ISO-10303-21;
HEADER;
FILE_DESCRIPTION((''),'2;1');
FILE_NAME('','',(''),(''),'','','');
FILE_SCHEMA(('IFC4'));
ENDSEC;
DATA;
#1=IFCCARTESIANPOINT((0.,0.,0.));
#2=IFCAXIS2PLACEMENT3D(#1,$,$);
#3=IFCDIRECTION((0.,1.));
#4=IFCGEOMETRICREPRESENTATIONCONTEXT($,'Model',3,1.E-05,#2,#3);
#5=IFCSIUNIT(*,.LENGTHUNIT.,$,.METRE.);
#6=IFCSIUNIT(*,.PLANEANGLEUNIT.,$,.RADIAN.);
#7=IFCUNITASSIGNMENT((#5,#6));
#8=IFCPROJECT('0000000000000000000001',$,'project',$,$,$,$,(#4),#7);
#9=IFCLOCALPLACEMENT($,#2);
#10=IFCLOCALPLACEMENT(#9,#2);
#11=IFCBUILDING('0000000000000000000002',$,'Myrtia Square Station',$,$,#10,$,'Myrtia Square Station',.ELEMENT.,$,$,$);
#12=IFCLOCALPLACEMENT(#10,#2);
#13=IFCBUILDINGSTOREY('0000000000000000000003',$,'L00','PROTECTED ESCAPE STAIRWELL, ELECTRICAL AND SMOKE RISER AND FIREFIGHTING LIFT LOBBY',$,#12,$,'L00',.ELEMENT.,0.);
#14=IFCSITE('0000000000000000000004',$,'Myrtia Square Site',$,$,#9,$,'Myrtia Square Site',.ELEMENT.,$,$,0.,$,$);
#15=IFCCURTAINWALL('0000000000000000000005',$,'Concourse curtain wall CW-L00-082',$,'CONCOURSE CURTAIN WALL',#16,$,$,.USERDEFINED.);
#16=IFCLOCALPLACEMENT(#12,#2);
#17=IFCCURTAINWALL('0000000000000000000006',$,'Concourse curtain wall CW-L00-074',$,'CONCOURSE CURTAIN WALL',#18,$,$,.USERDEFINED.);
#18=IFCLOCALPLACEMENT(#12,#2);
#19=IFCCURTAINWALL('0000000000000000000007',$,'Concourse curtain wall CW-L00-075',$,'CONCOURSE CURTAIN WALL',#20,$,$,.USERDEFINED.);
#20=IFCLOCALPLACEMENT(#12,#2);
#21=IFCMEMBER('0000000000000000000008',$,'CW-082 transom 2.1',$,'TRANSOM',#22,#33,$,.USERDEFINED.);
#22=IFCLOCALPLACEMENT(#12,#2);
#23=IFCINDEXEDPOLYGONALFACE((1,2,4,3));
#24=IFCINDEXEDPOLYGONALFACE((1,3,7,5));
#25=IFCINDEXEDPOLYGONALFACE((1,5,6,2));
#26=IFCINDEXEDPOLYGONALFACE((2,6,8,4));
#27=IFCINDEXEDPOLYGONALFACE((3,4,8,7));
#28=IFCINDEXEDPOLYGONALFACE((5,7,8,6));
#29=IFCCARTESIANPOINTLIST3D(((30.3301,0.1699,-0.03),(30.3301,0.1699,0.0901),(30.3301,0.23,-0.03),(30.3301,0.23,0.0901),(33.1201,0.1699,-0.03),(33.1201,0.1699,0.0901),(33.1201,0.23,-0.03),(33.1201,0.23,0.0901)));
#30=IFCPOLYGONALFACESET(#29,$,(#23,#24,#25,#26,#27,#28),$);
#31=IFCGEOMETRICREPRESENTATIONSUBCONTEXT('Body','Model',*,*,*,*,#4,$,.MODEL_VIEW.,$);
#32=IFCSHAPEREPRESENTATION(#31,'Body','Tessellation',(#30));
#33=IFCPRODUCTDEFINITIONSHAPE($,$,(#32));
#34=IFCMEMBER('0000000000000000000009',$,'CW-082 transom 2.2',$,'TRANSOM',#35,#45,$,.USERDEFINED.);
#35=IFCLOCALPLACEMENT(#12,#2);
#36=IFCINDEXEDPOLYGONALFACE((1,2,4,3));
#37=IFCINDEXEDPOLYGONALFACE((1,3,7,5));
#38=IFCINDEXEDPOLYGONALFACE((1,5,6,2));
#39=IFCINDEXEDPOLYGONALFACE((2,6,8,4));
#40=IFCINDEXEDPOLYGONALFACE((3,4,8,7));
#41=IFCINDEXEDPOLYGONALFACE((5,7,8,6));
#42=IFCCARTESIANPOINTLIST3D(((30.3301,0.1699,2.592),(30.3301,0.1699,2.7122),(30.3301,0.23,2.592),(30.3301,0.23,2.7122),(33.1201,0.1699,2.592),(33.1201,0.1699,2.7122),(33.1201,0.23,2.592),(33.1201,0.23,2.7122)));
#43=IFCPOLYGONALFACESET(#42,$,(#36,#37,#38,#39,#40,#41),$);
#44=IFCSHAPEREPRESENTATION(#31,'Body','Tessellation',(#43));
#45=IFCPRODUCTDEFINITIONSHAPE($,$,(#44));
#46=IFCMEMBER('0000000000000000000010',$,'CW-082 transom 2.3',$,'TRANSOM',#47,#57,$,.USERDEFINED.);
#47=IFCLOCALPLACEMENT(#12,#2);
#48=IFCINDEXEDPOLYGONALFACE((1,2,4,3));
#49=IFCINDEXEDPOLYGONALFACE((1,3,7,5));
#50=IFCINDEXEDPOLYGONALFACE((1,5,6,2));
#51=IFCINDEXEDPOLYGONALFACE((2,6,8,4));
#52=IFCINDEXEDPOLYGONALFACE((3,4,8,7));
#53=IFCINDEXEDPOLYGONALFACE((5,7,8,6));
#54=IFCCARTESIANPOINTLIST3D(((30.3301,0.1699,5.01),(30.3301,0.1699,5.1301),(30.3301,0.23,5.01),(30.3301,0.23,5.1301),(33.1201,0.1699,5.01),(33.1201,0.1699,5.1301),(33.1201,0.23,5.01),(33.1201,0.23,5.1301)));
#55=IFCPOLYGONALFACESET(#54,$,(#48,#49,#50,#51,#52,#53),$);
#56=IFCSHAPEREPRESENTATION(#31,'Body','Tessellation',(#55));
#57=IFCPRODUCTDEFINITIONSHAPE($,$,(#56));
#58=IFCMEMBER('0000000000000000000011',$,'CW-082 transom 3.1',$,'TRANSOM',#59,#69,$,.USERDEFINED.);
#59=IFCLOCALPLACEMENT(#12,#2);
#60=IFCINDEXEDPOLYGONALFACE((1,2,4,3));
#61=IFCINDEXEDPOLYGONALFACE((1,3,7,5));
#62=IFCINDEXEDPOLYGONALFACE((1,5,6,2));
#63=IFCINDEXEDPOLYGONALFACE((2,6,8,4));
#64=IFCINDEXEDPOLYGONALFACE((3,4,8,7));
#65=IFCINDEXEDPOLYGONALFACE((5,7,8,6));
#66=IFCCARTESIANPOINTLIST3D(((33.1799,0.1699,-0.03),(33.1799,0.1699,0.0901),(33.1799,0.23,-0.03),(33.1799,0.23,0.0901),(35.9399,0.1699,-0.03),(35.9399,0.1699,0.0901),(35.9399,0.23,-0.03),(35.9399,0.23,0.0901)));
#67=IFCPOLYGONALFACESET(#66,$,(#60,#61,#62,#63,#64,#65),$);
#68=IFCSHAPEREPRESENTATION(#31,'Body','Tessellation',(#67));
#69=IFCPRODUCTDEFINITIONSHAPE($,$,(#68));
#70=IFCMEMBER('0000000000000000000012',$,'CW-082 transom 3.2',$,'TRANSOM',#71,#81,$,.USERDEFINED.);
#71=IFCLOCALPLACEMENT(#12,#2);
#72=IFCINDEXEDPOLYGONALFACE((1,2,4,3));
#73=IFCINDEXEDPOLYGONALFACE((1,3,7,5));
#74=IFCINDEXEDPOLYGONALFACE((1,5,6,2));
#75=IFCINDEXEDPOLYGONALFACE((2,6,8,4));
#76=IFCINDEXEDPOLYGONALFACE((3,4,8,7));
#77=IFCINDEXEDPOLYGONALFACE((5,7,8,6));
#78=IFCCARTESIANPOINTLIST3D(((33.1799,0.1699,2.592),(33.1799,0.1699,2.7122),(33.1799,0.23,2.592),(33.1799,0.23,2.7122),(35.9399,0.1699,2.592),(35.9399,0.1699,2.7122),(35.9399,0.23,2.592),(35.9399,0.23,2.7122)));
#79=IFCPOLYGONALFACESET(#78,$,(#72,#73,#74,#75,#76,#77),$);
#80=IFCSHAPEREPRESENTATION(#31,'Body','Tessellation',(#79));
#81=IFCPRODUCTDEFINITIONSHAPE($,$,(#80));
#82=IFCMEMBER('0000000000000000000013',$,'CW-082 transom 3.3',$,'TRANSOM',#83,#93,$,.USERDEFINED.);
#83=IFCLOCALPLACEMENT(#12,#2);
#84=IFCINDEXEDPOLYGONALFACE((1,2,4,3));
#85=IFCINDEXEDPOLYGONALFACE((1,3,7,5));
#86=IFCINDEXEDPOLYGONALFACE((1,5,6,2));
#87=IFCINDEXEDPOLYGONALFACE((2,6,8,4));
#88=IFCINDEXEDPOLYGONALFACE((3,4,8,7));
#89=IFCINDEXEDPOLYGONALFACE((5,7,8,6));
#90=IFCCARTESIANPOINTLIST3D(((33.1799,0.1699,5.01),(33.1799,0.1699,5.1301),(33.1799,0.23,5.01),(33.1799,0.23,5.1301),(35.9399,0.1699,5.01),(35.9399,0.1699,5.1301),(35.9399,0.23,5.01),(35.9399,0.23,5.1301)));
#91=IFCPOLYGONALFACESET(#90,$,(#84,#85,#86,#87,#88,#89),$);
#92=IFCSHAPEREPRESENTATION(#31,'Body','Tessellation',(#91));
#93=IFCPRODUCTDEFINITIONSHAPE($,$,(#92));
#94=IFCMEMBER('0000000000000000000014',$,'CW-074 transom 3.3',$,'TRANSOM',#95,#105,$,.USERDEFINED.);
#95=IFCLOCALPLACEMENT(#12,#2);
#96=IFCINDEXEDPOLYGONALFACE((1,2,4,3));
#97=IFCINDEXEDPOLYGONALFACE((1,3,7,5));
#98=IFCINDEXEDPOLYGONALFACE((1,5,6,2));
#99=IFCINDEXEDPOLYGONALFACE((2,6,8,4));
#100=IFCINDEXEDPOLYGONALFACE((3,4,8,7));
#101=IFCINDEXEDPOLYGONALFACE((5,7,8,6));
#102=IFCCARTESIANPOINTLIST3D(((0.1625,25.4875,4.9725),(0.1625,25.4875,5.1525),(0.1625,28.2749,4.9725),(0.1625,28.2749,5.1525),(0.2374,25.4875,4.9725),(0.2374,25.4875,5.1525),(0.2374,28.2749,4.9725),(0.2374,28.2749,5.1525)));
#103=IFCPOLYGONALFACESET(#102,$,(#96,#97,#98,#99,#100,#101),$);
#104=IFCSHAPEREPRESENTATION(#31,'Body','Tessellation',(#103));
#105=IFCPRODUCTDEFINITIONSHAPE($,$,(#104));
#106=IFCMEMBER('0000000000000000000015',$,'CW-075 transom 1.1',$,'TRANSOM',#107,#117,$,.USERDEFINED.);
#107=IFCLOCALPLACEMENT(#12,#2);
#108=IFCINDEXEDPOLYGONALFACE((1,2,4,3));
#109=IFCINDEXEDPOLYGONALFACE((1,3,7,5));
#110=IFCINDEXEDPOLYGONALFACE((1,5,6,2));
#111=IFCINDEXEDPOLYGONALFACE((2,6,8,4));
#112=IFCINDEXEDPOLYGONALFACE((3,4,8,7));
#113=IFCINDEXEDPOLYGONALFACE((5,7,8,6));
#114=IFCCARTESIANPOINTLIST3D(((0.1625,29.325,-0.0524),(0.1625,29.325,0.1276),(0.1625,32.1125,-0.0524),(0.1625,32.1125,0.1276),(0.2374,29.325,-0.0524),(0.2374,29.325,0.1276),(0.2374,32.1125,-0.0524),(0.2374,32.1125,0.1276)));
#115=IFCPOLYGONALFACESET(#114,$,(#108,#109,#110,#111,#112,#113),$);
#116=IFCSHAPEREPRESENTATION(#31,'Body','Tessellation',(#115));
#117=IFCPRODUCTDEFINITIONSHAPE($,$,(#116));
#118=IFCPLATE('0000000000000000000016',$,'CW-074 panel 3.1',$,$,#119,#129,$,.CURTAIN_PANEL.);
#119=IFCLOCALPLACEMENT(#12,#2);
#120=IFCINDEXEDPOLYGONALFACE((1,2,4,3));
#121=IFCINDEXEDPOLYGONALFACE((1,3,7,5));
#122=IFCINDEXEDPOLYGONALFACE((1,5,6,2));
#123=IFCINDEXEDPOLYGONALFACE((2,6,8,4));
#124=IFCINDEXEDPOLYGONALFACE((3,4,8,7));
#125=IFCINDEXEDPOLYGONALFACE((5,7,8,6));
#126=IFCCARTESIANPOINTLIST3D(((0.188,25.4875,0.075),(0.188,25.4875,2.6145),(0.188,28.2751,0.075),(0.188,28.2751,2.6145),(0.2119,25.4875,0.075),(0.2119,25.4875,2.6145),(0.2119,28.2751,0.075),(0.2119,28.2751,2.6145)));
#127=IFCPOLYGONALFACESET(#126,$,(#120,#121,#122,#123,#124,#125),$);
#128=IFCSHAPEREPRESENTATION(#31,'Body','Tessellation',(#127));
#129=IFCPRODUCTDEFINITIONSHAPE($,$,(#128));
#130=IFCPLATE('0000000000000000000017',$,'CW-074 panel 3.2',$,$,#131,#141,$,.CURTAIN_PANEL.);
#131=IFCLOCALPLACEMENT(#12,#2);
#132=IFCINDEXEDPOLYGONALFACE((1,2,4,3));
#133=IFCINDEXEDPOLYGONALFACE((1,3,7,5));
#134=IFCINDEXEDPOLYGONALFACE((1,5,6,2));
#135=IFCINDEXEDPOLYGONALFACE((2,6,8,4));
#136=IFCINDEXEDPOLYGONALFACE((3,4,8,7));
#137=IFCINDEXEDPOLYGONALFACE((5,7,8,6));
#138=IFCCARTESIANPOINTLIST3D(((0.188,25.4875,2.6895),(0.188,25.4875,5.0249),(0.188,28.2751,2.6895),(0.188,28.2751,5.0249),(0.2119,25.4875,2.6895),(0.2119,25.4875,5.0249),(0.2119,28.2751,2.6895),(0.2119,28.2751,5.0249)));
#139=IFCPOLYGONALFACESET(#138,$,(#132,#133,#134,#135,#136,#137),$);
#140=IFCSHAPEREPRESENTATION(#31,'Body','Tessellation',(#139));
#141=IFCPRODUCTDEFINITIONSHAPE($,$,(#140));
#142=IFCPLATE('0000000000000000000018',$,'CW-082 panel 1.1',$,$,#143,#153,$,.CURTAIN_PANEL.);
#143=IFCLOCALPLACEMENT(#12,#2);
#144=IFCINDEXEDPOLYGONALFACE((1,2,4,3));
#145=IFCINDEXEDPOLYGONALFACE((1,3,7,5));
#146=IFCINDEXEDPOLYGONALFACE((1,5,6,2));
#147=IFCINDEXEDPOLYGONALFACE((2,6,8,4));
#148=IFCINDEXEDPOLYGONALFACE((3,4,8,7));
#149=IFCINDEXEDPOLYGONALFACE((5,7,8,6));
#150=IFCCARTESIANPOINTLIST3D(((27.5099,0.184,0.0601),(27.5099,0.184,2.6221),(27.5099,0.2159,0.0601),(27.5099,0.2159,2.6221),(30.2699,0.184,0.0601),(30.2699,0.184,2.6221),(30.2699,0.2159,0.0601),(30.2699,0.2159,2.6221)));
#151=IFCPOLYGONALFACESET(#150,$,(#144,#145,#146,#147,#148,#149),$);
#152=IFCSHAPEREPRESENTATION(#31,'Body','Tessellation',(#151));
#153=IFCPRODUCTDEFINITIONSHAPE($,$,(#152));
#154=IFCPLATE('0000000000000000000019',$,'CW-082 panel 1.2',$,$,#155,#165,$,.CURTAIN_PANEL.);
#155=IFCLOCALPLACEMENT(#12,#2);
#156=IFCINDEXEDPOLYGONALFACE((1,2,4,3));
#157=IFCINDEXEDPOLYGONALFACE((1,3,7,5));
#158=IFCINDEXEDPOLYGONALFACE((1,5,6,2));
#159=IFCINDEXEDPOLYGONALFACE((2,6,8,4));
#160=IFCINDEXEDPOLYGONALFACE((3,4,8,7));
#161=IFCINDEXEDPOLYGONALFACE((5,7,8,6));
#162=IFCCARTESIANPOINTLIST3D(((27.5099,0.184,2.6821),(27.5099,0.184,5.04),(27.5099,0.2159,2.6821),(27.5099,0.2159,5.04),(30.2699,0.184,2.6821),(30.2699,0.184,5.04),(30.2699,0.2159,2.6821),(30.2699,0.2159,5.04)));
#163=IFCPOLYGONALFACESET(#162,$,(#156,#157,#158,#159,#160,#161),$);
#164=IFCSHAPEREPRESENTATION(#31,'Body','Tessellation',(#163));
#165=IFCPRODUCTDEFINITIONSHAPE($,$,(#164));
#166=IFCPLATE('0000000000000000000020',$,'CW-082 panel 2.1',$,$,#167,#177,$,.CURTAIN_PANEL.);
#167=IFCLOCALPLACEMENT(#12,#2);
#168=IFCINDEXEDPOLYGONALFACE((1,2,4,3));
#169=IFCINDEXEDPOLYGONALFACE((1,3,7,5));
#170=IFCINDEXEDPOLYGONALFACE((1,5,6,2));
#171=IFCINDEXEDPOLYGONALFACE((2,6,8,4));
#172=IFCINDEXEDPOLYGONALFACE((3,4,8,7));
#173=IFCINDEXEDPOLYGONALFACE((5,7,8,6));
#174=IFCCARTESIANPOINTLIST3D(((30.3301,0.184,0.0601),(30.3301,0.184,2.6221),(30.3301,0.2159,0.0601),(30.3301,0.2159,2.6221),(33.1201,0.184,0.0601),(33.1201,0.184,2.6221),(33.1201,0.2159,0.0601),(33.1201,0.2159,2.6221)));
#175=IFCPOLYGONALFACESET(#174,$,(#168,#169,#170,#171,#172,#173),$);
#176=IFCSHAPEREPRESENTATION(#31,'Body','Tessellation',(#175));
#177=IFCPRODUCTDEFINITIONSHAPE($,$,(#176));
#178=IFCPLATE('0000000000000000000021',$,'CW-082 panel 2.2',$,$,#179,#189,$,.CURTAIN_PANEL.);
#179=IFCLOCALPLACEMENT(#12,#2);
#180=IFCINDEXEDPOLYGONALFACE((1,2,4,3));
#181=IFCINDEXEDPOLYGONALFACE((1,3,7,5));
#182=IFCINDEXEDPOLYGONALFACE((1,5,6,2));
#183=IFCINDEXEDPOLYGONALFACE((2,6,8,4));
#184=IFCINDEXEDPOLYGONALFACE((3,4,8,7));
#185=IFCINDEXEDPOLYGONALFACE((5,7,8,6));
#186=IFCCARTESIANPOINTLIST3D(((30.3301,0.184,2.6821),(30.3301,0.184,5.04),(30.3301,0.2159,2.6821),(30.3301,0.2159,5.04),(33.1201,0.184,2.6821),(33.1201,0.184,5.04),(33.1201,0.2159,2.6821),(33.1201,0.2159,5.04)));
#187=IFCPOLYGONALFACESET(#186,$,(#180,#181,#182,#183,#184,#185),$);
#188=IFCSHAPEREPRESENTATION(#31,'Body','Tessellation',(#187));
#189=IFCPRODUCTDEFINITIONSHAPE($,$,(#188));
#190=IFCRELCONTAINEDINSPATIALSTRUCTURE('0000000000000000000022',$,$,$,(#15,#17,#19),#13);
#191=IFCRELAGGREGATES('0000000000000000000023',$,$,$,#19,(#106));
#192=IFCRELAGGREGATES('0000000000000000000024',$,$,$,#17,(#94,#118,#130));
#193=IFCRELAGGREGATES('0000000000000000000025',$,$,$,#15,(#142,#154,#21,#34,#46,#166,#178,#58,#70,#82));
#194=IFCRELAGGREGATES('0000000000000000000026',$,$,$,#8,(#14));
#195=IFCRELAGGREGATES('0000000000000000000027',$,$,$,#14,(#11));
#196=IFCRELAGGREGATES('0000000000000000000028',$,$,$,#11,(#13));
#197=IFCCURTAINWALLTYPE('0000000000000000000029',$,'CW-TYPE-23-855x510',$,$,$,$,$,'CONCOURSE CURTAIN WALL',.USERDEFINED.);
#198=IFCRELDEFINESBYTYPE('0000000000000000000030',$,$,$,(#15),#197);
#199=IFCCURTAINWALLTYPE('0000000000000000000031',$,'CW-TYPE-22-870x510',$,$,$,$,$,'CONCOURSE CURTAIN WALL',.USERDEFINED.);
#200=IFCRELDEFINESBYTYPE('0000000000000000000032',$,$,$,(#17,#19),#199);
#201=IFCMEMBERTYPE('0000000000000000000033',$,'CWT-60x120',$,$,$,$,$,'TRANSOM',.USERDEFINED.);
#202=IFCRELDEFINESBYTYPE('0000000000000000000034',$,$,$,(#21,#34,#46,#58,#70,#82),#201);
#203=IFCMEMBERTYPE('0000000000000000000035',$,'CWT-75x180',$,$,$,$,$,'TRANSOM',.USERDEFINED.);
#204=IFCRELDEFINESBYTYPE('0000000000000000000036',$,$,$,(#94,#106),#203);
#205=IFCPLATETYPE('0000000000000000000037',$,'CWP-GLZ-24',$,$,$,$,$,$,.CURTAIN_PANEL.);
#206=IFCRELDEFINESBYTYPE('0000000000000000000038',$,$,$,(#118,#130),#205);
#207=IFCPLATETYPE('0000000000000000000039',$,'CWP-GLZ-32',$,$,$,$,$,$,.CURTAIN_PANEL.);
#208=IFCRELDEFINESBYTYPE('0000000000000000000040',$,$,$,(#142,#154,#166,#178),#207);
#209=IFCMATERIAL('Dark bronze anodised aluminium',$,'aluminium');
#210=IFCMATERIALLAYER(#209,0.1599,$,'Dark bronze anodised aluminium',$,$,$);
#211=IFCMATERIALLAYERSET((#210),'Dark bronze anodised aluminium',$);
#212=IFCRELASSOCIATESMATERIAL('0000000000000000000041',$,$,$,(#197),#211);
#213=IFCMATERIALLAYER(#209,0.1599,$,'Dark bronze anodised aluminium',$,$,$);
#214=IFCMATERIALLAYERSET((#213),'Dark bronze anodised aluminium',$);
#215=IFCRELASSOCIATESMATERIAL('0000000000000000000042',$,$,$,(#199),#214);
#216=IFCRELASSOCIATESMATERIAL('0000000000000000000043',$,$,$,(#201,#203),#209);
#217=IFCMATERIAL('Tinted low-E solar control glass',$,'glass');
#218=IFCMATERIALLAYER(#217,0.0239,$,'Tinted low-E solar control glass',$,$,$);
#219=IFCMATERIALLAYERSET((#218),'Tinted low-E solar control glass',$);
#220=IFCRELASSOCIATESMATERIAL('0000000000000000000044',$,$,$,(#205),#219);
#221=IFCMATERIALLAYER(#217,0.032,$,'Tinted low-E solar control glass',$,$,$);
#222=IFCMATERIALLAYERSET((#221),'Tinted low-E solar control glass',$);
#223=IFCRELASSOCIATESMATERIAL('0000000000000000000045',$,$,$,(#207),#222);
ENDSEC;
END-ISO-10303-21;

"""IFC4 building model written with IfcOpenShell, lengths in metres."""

from ifc_helpers import new_model, si_unit, direction, frame, origin, origin_2d, place, context, subcontext, project, spatial, rectangle, extrude, material, layer, layer_set, material_profile, profile_set, type_object, element, aggregate, save


model = new_model("IFC4")

# Units and contexts
model_context = context("Model", 3, precision=1e-05, world=origin(), true_north=direction((0.0, 1.0)))
body_context = subcontext(model_context, "Body", "Model", "MODEL_VIEW")
ifc_project = project(units=[si_unit("LENGTHUNIT", "METRE"), si_unit("PLANEANGLEUNIT", "RADIAN")], contexts=[model_context])

# Site, building, storey
site_placement = place(None, origin())
site = spatial("IfcSite", under=ifc_project, at=site_placement, Name="Myrtia Square Site", LongName="Myrtia Square Site", CompositionType="ELEMENT", RefElevation=0.0)
building_placement = place(site_placement, origin())
building = spatial("IfcBuilding", under=site, at=building_placement, Name="Myrtia Square Station", LongName="Myrtia Square Station", CompositionType="ELEMENT")
storey_placement = place(building_placement, origin())
storey = spatial("IfcBuildingStorey", under=building, at=storey_placement, Name="L00", Description="PROTECTED ESCAPE STAIRWELL, ELECTRICAL AND SMOKE RISER AND FIREFIGHTING LIFT LOBBY", LongName="L00", CompositionType="ELEMENT", Elevation=0.0)

# Curtain wall
ifc_material_1 = material(Name="Dark bronze anodised aluminium", Category="aluminium")
ifc_layer_1 = layer(ifc_material_1, 0.1599, Name="Dark bronze anodised aluminium")
ifc_layer_set_1 = layer_set([ifc_layer_1], Name="Dark bronze anodised aluminium")
curtain_wall_type_1 = type_object("IfcCurtainWallType", Name="CW-TYPE-23-855x510", ElementType="CONCOURSE CURTAIN WALL", PredefinedType="USERDEFINED", material=ifc_layer_set_1)
curtain_wall_1_placement = place(storey_placement, origin())
curtain_wall_1 = element("IfcCurtainWall", 1, at=curtain_wall_1_placement, inside=storey, type_object=curtain_wall_type_1, Name="Concourse curtain wall CW-L00-082", ObjectType="CONCOURSE CURTAIN WALL", PredefinedType="USERDEFINED")

# Curtain walls
ifc_layer_2 = layer(ifc_material_1, 0.1599, Name="Dark bronze anodised aluminium")
ifc_layer_set_2 = layer_set([ifc_layer_2], Name="Dark bronze anodised aluminium")
curtain_wall_type_2 = type_object("IfcCurtainWallType", Name="CW-TYPE-22-870x510", ElementType="CONCOURSE CURTAIN WALL", PredefinedType="USERDEFINED", material=ifc_layer_set_2)
curtain_wall_2_placement = place(storey_placement, origin())
curtain_wall_2 = element("IfcCurtainWall", 2, at=curtain_wall_2_placement, inside=storey, type_object=curtain_wall_type_2, Name="Concourse curtain wall CW-L00-074", ObjectType="CONCOURSE CURTAIN WALL", PredefinedType="USERDEFINED")
curtain_wall_3_placement = place(storey_placement, origin())
curtain_wall_3 = element("IfcCurtainWall", 3, at=curtain_wall_3_placement, inside=storey, type_object=curtain_wall_type_2, Name="Concourse curtain wall CW-L00-075", ObjectType="CONCOURSE CURTAIN WALL", PredefinedType="USERDEFINED")

# Members
ifc_material_profile_1 = material_profile(ifc_material_1, rectangle(XDim=0.0601, YDim=0.1201, at=origin_2d()), Name="ALU-T 60x120")
ifc_profile_set_1 = profile_set([ifc_material_profile_1], Name="Dark bronze anodised aluminium")
member_type_1 = type_object("IfcMemberType", Name="CWT-60x120", ElementType="TRANSOM", PredefinedType="USERDEFINED", material=ifc_profile_set_1)
member_1_placement = place(storey_placement, frame((30.3301, 0.2, 0.03), z_axis=(1.0, 0.0, 0.0), x_axis=(0.0, 1.0, 0.0)))
member_1 = element("IfcMember", 4, at=member_1_placement, type_object=member_type_1, Name="CW-082 transom 2.1", ObjectType="TRANSOM", PredefinedType="USERDEFINED", context=body_context, shape_type="SweptSolid", body=[
    extrude(rectangle(XDim=0.0601, YDim=0.1201, at=origin_2d()), origin(), (0.0, 0.0, 1.0), 2.79),
])
member_2_placement = place(storey_placement, frame((30.3301, 0.2, 2.6521), z_axis=(1.0, 0.0, 0.0), x_axis=(0.0, 1.0, 0.0)))
member_2 = element("IfcMember", 5, at=member_2_placement, type_object=member_type_1, Name="CW-082 transom 2.2", ObjectType="TRANSOM", PredefinedType="USERDEFINED", context=body_context, shape_type="SweptSolid", body=[
    extrude(rectangle(XDim=0.0601, YDim=0.1201, at=origin_2d()), origin(), (0.0, 0.0, 1.0), 2.79),
])
member_3_placement = place(storey_placement, frame((30.3301, 0.2, 5.0701), z_axis=(1.0, 0.0, 0.0), x_axis=(0.0, 1.0, 0.0)))
member_3 = element("IfcMember", 6, at=member_3_placement, type_object=member_type_1, Name="CW-082 transom 2.3", ObjectType="TRANSOM", PredefinedType="USERDEFINED", context=body_context, shape_type="SweptSolid", body=[
    extrude(rectangle(XDim=0.0601, YDim=0.1201, at=origin_2d()), origin(), (0.0, 0.0, 1.0), 2.79),
])
member_4_placement = place(storey_placement, frame((33.1799, 0.2, 0.03), z_axis=(1.0, 0.0, 0.0), x_axis=(0.0, 1.0, 0.0)))
member_4 = element("IfcMember", 7, at=member_4_placement, type_object=member_type_1, Name="CW-082 transom 3.1", ObjectType="TRANSOM", PredefinedType="USERDEFINED", context=body_context, shape_type="SweptSolid", body=[
    extrude(rectangle(XDim=0.0601, YDim=0.1201, at=origin_2d()), origin(), (0.0, 0.0, 1.0), 2.76),
])
member_5_placement = place(storey_placement, frame((33.1799, 0.2, 2.6521), z_axis=(1.0, 0.0, 0.0), x_axis=(0.0, 1.0, 0.0)))
member_5 = element("IfcMember", 8, at=member_5_placement, type_object=member_type_1, Name="CW-082 transom 3.2", ObjectType="TRANSOM", PredefinedType="USERDEFINED", context=body_context, shape_type="SweptSolid", body=[
    extrude(rectangle(XDim=0.0601, YDim=0.1201, at=origin_2d()), origin(), (0.0, 0.0, 1.0), 2.76),
])
member_6_placement = place(storey_placement, frame((33.1799, 0.2, 5.0701), z_axis=(1.0, 0.0, 0.0), x_axis=(0.0, 1.0, 0.0)))
member_6 = element("IfcMember", 9, at=member_6_placement, type_object=member_type_1, Name="CW-082 transom 3.3", ObjectType="TRANSOM", PredefinedType="USERDEFINED", context=body_context, shape_type="SweptSolid", body=[
    extrude(rectangle(XDim=0.0601, YDim=0.1201, at=origin_2d()), origin(), (0.0, 0.0, 1.0), 2.76),
])
ifc_material_profile_2 = material_profile(ifc_material_1, rectangle(XDim=0.075, YDim=0.1799, at=origin_2d()), Name="ALU-T 75x180")
ifc_profile_set_2 = profile_set([ifc_material_profile_2], Name="Dark bronze anodised aluminium")
member_type_2 = type_object("IfcMemberType", Name="CWT-75x180", ElementType="TRANSOM", PredefinedType="USERDEFINED", material=ifc_profile_set_2)
member_7_placement = place(storey_placement, frame((0.2, 25.4875, 5.0625), z_axis=(0.0, 1.0, 0.0), x_axis=(-1.0, 0.0, 0.0)))
member_7 = element("IfcMember", 10, at=member_7_placement, type_object=member_type_2, Name="CW-074 transom 3.3", ObjectType="TRANSOM", PredefinedType="USERDEFINED", context=body_context, shape_type="SweptSolid", body=[
    extrude(rectangle(XDim=0.075, YDim=0.1799, at=origin_2d()), origin(), (0.0, 0.0, 1.0), 2.7874),
])
member_8_placement = place(storey_placement, frame((0.2, 29.325, 0.0376), z_axis=(0.0, 1.0, 0.0), x_axis=(-1.0, 0.0, 0.0)))
member_8 = element("IfcMember", 11, at=member_8_placement, type_object=member_type_2, Name="CW-075 transom 1.1", ObjectType="TRANSOM", PredefinedType="USERDEFINED", context=body_context, shape_type="SweptSolid", body=[
    extrude(rectangle(XDim=0.075, YDim=0.1799, at=origin_2d()), origin(), (0.0, 0.0, 1.0), 2.7876),
])
aggregate(curtain_wall_3, [member_8])

# Plates
ifc_material_2 = material(Name="Tinted low-E solar control glass", Category="glass")
ifc_layer_3 = layer(ifc_material_2, 0.0239, Name="Tinted low-E solar control glass")
ifc_layer_set_3 = layer_set([ifc_layer_3], Name="Tinted low-E solar control glass")
plate_type_1 = type_object("IfcPlateType", Name="CWP-GLZ-24", PredefinedType="CURTAIN_PANEL", material=ifc_layer_set_3)
plate_1_placement = place(storey_placement, frame((0.2, 26.8813, 0.075), z_axis=(0.0, 0.0, 1.0), x_axis=(0.0, 1.0, 0.0)))
plate_1 = element("IfcPlate", 12, at=plate_1_placement, type_object=plate_type_1, Name="CW-074 panel 3.1", PredefinedType="CURTAIN_PANEL", context=body_context, shape_type="SweptSolid", body=[
    extrude(rectangle(XDim=2.7876, YDim=0.0239, at=origin_2d()), origin(), (0.0, 0.0, 1.0), 2.5396),
])
plate_2_placement = place(storey_placement, frame((0.2, 26.8813, 2.6895), z_axis=(0.0, 0.0, 1.0), x_axis=(0.0, 1.0, 0.0)))
plate_2 = element("IfcPlate", 13, at=plate_2_placement, type_object=plate_type_1, Name="CW-074 panel 3.2", PredefinedType="CURTAIN_PANEL", context=body_context, shape_type="SweptSolid", body=[
    extrude(rectangle(XDim=2.7876, YDim=0.0239, at=origin_2d()), origin(), (0.0, 0.0, 1.0), 2.3354),
])
aggregate(curtain_wall_2, [member_7, plate_1, plate_2])
ifc_layer_4 = layer(ifc_material_2, 0.032, Name="Tinted low-E solar control glass")
ifc_layer_set_4 = layer_set([ifc_layer_4], Name="Tinted low-E solar control glass")
plate_type_2 = type_object("IfcPlateType", Name="CWP-GLZ-32", PredefinedType="CURTAIN_PANEL", material=ifc_layer_set_4)
plate_3_placement = place(storey_placement, frame((28.8899, 0.2, 0.0601), z_axis=(0.0, 0.0, 1.0), x_axis=(1.0, 0.0, 0.0)))
plate_3 = element("IfcPlate", 14, at=plate_3_placement, type_object=plate_type_2, Name="CW-082 panel 1.1", PredefinedType="CURTAIN_PANEL", context=body_context, shape_type="SweptSolid", body=[
    extrude(rectangle(XDim=2.76, YDim=0.032, at=origin_2d()), origin(), (0.0, 0.0, 1.0), 2.562),
])
plate_4_placement = place(storey_placement, frame((28.8899, 0.2, 2.6821), z_axis=(0.0, 0.0, 1.0), x_axis=(1.0, 0.0, 0.0)))
plate_4 = element("IfcPlate", 15, at=plate_4_placement, type_object=plate_type_2, Name="CW-082 panel 1.2", PredefinedType="CURTAIN_PANEL", context=body_context, shape_type="SweptSolid", body=[
    extrude(rectangle(XDim=2.76, YDim=0.032, at=origin_2d()), origin(), (0.0, 0.0, 1.0), 2.3579),
])
plate_5_placement = place(storey_placement, frame((31.7251, 0.2, 0.0601), z_axis=(0.0, 0.0, 1.0), x_axis=(1.0, 0.0, 0.0)))
plate_5 = element("IfcPlate", 16, at=plate_5_placement, type_object=plate_type_2, Name="CW-082 panel 2.1", PredefinedType="CURTAIN_PANEL", context=body_context, shape_type="SweptSolid", body=[
    extrude(rectangle(XDim=2.79, YDim=0.032, at=origin_2d()), origin(), (0.0, 0.0, 1.0), 2.562),
])
plate_6_placement = place(storey_placement, frame((31.7251, 0.2, 2.6821), z_axis=(0.0, 0.0, 1.0), x_axis=(1.0, 0.0, 0.0)))
plate_6 = element("IfcPlate", 17, at=plate_6_placement, type_object=plate_type_2, Name="CW-082 panel 2.2", PredefinedType="CURTAIN_PANEL", context=body_context, shape_type="SweptSolid", body=[
    extrude(rectangle(XDim=2.79, YDim=0.032, at=origin_2d()), origin(), (0.0, 0.0, 1.0), 2.3579),
])
aggregate(curtain_wall_1, [plate_3, plate_4, member_1, member_2, member_3, plate_5, plate_6, member_4, member_5, member_6])

save(model, "model.ifc")
